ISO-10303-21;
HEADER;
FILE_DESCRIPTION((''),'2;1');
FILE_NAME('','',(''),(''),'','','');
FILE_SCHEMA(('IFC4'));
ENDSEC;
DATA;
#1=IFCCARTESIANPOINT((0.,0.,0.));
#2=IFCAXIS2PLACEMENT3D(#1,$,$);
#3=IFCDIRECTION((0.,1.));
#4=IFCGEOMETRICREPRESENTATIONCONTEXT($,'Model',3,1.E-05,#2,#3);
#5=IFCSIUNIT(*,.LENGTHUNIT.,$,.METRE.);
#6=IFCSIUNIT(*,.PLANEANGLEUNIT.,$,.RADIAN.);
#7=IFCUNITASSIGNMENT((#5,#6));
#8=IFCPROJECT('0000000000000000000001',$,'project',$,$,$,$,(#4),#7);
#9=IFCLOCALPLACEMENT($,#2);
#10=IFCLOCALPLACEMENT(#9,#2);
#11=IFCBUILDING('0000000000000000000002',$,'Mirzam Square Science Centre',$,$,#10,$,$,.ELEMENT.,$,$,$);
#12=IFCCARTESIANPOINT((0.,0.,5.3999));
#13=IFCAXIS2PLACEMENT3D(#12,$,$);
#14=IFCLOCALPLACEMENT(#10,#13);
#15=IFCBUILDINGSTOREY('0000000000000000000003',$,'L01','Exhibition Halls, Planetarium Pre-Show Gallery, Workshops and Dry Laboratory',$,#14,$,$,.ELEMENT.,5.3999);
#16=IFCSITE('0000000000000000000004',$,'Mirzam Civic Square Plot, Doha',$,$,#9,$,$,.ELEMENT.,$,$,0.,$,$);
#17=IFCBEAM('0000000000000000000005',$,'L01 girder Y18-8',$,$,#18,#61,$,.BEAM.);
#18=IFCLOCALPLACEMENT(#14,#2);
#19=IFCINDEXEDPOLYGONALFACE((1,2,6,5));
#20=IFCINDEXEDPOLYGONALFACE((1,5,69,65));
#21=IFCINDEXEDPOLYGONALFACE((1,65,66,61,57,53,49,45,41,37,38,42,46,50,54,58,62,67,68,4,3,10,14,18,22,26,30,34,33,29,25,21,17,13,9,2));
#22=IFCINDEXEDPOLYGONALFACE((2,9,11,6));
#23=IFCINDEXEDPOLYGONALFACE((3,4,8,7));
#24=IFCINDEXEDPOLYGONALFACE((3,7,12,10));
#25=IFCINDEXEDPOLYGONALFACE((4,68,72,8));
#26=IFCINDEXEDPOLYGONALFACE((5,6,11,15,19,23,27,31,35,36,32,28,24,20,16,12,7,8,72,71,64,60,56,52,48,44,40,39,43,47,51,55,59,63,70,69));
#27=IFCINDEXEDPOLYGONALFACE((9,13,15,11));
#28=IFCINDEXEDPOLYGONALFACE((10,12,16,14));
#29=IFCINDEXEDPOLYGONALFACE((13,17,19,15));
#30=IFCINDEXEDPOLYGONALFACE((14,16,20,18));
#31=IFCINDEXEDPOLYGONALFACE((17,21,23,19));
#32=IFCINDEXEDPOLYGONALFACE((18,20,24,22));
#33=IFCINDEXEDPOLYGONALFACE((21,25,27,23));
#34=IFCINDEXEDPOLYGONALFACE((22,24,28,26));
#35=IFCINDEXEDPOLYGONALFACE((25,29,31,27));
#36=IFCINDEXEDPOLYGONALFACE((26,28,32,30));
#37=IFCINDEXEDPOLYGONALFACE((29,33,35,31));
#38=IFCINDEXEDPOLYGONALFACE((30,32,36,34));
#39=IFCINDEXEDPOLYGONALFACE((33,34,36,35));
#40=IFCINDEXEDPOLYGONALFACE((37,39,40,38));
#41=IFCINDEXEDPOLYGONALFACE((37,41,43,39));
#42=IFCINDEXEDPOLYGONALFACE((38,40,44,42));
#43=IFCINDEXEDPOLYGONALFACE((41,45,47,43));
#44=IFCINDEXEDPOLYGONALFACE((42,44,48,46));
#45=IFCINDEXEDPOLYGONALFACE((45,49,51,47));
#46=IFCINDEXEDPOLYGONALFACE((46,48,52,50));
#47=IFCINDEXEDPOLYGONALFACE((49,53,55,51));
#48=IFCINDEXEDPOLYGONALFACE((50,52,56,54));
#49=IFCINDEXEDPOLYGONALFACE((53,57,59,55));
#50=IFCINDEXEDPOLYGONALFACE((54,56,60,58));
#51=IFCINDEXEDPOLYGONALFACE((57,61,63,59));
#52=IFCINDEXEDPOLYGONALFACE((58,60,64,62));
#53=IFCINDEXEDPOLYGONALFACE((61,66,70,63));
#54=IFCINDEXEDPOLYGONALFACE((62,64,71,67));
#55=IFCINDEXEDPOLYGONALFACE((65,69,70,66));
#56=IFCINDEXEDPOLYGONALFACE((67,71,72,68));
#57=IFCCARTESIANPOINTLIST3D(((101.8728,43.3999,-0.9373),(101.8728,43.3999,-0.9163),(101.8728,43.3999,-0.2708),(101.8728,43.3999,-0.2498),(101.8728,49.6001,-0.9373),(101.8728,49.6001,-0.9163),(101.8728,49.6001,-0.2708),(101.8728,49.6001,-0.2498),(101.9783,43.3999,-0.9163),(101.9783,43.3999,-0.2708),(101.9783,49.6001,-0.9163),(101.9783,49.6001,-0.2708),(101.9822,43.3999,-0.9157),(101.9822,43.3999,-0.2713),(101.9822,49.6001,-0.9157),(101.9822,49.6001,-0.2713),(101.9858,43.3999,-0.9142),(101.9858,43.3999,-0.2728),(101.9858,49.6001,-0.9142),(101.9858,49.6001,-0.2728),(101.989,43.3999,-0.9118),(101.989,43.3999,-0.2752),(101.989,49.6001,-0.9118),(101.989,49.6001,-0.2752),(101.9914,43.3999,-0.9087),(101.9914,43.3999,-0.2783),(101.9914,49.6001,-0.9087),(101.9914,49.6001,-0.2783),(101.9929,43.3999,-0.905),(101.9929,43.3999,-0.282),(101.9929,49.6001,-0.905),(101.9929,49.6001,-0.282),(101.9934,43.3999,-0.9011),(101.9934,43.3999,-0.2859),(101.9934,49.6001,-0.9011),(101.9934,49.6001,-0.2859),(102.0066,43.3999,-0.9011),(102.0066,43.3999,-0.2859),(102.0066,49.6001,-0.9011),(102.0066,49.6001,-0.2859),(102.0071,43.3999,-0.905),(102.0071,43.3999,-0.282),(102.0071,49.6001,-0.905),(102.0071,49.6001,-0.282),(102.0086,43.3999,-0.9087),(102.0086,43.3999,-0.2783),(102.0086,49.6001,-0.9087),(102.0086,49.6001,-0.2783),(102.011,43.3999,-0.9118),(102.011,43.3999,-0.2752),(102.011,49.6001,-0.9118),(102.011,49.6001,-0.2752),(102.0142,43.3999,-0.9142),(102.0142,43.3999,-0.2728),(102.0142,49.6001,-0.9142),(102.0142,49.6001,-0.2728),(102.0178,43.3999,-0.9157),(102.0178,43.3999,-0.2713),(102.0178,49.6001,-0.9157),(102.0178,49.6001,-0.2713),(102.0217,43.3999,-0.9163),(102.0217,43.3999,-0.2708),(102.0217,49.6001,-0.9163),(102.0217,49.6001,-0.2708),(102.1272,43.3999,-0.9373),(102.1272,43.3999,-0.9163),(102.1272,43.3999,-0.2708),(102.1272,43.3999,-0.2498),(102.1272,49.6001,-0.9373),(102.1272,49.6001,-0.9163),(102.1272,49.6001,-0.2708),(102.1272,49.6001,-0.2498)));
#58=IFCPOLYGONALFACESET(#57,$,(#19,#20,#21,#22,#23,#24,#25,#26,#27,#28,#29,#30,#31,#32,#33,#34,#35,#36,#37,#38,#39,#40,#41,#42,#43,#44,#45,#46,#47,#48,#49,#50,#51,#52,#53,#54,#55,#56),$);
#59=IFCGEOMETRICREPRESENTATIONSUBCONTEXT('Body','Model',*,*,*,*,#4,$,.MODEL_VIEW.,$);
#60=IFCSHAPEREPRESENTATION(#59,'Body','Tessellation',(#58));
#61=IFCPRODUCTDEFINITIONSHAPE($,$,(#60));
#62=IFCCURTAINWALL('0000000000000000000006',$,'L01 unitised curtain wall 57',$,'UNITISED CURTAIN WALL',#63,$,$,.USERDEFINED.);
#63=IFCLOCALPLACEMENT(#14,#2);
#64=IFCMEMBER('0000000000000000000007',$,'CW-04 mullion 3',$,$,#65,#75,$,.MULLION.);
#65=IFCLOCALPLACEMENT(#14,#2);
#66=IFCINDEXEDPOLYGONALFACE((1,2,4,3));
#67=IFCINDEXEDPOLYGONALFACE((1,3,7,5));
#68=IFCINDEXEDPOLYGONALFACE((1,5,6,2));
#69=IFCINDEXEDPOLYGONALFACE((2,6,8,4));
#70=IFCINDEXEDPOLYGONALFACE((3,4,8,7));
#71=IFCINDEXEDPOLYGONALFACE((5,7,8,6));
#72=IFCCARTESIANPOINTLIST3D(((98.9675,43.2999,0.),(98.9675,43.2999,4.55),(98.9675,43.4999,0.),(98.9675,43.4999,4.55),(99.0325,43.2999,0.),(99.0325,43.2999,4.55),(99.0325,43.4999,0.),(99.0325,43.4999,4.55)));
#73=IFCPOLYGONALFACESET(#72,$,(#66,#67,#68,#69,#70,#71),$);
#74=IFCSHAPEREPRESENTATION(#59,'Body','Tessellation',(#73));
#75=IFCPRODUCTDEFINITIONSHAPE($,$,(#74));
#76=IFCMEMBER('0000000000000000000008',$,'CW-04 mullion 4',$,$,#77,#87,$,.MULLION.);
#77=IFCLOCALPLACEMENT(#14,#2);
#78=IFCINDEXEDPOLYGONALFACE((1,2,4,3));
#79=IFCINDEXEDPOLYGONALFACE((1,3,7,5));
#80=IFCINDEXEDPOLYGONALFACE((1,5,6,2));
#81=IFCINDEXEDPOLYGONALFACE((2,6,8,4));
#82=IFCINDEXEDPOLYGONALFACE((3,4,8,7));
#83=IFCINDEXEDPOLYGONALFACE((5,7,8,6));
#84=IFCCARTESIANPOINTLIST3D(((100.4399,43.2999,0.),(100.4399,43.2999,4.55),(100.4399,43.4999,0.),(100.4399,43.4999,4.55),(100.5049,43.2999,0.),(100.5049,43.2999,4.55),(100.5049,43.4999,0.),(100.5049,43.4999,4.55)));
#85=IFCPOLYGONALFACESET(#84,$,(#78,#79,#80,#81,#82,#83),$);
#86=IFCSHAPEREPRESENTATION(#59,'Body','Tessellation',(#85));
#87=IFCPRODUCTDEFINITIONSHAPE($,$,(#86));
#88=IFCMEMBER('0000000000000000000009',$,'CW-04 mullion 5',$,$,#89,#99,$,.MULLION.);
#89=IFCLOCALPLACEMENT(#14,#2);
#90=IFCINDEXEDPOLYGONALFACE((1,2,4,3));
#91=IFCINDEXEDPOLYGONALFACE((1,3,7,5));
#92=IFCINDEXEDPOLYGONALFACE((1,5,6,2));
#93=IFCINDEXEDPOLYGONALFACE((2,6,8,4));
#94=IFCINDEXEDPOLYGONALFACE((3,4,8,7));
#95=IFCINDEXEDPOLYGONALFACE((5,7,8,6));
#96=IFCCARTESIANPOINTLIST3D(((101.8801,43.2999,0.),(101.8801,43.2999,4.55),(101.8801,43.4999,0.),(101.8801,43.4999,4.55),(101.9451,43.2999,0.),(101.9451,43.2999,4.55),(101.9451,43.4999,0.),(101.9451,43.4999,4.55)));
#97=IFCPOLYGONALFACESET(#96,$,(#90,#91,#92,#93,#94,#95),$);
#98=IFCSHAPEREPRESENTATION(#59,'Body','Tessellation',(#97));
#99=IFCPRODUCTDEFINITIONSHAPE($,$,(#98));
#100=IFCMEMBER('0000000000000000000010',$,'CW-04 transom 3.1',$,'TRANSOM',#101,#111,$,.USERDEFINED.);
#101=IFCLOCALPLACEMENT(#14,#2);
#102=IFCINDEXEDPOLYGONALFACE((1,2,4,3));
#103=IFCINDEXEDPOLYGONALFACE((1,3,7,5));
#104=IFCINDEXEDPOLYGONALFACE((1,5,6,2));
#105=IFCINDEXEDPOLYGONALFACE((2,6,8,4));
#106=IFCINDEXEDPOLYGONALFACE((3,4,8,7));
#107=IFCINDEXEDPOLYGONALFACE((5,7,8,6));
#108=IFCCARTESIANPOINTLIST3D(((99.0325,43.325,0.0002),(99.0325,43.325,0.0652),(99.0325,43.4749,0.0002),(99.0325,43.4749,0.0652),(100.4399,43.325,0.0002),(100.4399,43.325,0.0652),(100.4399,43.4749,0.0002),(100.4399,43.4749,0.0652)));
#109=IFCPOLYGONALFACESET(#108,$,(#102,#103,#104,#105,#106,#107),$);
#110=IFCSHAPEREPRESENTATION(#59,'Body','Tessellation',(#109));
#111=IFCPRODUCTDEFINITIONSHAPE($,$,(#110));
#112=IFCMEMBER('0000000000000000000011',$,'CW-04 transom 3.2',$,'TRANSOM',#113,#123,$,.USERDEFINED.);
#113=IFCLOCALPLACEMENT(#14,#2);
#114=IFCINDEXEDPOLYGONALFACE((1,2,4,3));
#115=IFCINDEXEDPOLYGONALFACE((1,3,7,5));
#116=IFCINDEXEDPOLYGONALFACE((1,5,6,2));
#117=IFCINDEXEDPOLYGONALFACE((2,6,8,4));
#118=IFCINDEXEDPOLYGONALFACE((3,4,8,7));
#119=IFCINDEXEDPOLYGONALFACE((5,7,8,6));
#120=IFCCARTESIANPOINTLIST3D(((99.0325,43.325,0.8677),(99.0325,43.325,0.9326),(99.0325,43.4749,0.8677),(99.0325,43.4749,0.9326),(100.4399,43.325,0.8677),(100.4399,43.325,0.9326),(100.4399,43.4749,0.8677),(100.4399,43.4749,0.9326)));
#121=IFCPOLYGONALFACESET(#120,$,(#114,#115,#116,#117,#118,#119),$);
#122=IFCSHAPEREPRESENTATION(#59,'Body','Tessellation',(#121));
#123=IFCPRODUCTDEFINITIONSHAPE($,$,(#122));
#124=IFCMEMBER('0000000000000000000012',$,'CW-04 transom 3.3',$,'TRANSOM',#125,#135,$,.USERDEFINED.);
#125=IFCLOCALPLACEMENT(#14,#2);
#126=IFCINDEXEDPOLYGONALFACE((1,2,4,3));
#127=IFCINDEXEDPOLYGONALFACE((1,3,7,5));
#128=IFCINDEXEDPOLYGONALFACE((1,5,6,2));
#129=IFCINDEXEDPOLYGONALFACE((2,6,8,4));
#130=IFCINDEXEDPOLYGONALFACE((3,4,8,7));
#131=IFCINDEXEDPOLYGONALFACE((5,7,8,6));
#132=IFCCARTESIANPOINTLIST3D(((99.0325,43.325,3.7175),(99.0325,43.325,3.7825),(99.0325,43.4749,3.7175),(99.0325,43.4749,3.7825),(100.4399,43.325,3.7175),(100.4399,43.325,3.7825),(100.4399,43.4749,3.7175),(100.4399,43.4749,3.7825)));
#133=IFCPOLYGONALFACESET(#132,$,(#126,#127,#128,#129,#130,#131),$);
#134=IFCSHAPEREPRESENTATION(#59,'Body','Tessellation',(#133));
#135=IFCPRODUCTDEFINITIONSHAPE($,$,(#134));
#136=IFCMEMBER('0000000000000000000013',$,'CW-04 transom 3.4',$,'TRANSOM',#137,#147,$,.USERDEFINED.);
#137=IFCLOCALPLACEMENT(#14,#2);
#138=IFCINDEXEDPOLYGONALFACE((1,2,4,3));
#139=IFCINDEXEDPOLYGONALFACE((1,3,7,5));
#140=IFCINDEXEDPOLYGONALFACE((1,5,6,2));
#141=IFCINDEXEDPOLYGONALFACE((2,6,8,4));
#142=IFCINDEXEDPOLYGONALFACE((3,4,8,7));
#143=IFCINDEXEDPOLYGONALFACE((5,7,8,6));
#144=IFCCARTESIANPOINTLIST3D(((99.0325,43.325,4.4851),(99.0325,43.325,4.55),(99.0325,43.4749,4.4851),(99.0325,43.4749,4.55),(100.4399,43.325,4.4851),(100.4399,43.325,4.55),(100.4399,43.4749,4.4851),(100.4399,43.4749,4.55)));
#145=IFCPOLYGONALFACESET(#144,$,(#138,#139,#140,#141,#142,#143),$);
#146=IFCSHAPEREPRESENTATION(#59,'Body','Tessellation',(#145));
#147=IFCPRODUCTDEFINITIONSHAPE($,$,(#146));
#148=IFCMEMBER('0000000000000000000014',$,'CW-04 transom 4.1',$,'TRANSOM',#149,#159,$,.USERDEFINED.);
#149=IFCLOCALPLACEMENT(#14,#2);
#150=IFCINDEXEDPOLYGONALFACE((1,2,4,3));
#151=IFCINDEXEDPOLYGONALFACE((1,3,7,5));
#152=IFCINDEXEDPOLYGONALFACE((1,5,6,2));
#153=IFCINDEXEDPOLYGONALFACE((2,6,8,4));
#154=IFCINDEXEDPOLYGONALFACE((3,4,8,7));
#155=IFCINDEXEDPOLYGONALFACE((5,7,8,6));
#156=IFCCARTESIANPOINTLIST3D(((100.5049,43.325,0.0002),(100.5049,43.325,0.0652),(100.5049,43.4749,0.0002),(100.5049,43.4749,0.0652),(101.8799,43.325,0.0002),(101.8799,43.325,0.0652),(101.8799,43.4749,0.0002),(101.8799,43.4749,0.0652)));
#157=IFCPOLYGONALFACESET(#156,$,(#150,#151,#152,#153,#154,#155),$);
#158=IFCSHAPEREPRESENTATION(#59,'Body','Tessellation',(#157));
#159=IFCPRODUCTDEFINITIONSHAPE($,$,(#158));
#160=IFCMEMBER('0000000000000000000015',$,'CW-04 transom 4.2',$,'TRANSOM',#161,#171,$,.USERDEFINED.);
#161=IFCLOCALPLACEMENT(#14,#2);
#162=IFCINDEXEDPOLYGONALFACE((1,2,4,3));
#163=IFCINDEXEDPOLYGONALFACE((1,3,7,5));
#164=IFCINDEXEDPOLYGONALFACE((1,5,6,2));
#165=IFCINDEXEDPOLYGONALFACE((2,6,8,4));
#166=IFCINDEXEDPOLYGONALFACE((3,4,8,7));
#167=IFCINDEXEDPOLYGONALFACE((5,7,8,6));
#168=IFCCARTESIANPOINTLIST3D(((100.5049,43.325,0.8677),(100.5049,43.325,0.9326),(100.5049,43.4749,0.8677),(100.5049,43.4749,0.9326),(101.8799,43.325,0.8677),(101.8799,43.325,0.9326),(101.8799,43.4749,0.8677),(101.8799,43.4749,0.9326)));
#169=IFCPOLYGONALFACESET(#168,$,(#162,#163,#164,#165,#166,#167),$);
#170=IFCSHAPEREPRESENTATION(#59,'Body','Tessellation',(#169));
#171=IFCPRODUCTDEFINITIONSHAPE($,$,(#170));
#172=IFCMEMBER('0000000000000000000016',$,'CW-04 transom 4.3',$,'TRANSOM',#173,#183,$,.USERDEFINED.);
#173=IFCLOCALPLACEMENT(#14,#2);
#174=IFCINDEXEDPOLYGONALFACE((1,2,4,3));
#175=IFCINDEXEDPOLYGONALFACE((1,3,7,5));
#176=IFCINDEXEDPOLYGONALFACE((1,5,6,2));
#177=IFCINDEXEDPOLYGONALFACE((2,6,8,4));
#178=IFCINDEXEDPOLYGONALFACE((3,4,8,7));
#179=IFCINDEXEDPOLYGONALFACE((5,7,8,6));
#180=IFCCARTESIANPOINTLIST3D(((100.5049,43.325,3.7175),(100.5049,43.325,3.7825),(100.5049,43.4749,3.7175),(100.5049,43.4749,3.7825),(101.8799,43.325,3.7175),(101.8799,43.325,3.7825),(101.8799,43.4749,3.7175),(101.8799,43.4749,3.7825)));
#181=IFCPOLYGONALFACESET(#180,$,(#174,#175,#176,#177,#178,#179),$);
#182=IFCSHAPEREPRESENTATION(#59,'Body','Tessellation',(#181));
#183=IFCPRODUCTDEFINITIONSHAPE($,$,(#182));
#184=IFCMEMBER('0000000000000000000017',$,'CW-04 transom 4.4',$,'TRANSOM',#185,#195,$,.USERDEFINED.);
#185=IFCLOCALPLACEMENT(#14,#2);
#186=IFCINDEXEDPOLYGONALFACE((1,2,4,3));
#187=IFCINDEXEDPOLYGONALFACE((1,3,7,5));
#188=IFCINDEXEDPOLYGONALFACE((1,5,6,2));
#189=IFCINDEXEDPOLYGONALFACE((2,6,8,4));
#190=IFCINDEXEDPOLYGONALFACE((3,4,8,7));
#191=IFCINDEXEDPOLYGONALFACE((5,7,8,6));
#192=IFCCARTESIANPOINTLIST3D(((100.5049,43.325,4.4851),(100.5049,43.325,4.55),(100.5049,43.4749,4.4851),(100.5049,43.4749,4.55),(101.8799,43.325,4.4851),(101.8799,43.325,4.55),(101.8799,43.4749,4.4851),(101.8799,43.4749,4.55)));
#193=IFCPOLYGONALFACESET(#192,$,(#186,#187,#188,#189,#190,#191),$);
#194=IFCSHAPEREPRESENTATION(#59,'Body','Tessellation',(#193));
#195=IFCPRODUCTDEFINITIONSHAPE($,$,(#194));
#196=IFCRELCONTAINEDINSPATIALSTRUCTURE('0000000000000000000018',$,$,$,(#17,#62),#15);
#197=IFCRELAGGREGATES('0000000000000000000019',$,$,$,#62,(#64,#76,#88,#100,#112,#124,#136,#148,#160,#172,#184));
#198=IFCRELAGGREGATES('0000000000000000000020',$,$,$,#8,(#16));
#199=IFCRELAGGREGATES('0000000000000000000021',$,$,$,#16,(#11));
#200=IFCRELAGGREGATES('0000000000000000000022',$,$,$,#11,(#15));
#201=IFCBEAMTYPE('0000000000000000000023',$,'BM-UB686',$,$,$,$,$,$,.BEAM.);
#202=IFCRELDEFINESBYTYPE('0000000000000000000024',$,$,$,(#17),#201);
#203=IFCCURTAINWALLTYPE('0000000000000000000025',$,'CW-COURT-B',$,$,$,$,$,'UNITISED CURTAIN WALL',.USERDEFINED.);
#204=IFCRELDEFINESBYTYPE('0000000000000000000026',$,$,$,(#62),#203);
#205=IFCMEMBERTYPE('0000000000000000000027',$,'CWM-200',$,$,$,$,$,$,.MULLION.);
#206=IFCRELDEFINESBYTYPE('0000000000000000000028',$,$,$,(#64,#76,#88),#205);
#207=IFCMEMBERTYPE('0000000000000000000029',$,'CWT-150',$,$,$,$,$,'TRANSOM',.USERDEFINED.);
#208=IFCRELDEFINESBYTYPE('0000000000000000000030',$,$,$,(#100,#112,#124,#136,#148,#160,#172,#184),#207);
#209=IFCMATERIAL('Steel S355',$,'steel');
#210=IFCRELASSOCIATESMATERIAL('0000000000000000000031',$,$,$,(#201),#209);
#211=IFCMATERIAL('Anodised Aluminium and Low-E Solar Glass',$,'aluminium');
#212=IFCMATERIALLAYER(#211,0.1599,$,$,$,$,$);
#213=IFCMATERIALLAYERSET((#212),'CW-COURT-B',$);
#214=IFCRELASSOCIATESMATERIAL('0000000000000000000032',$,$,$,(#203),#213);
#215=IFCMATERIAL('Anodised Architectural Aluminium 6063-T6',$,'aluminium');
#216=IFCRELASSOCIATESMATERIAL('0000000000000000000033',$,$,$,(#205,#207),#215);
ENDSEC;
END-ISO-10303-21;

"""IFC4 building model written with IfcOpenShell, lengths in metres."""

from ifc_helpers import new_model, si_unit, direction, frame, origin, origin_2d, place, context, subcontext, project, spatial, rectangle, i_section, extrude, material, layer, layer_set, material_profile, profile_set, type_object, element, aggregate, save


model = new_model("IFC4")

# Units and contexts
model_context = context("Model", 3, precision=1e-05, world=origin(), true_north=direction((0.0, 1.0)))
body_context = subcontext(model_context, "Body", "Model", "MODEL_VIEW")
ifc_project = project(units=[si_unit("LENGTHUNIT", "METRE"), si_unit("PLANEANGLEUNIT", "RADIAN")], contexts=[model_context])

# Site, building, storey
site_placement = place(None, origin())
site = spatial("IfcSite", under=ifc_project, at=site_placement, Name="Mirzam Civic Square Plot, Doha", CompositionType="ELEMENT", RefElevation=0.0)
building_placement = place(site_placement, origin())
building = spatial("IfcBuilding", under=site, at=building_placement, Name="Mirzam Square Science Centre", CompositionType="ELEMENT")
storey_placement = place(building_placement, frame((0.0, 0.0, 5.3999)))
storey = spatial("IfcBuildingStorey", under=building, at=storey_placement, Name="L01", Description="Exhibition Halls, Planetarium Pre-Show Gallery, Workshops and Dry Laboratory", CompositionType="ELEMENT", Elevation=5.3999)

# Shared definitions
ifc_material_1 = material(Name="Steel S355", Category="steel")

# Beam
ifc_material_profile_1 = material_profile(ifc_material_1, i_section(OverallWidth=0.2544, OverallDepth=0.6875, WebThickness=0.0132, FlangeThickness=0.021, FilletRadius=0.0151, at=origin_2d()), Name="686x254x152UB")
ifc_profile_set_1 = profile_set([ifc_material_profile_1], Name="Steel S355")
beam_type_1 = type_object("IfcBeamType", Name="BM-UB686", PredefinedType="BEAM", material=ifc_profile_set_1)
beam_1_placement = place(storey_placement, frame((102.0, 43.3999, -0.5935), z_axis=(0.0, 1.0, 0.0), x_axis=(-1.0, 0.0, 0.0)))
element("IfcBeam", 1, at=beam_1_placement, inside=storey, type_object=beam_type_1, Name="L01 girder Y18-8", PredefinedType="BEAM", context=body_context, shape_type="SweptSolid", body=[
    extrude(i_section(OverallWidth=0.2544, OverallDepth=0.6875, WebThickness=0.0132, FlangeThickness=0.021, FilletRadius=0.0151, at=origin_2d()), origin(), (0.0, 0.0, 1.0), 6.2002),
])

# Curtain wall, members
ifc_material_2 = material(Name="Anodised Aluminium and Low-E Solar Glass", Category="aluminium")
ifc_layer_1 = layer(ifc_material_2, 0.1599)
ifc_layer_set_1 = layer_set([ifc_layer_1], Name="CW-COURT-B")
curtain_wall_type = type_object("IfcCurtainWallType", Name="CW-COURT-B", ElementType="UNITISED CURTAIN WALL", PredefinedType="USERDEFINED", material=ifc_layer_set_1)
curtain_wall_placement = place(storey_placement, origin())
curtain_wall = element("IfcCurtainWall", 2, at=curtain_wall_placement, inside=storey, type_object=curtain_wall_type, Name="L01 unitised curtain wall 57", ObjectType="UNITISED CURTAIN WALL", PredefinedType="USERDEFINED")
ifc_material_3 = material(Name="Anodised Architectural Aluminium 6063-T6", Category="aluminium")
ifc_material_profile_2 = material_profile(ifc_material_3, rectangle(XDim=0.0649, YDim=0.2, at=origin_2d()), Name="ALU-MULL-200x65x5")
ifc_profile_set_2 = profile_set([ifc_material_profile_2], Name="Anodised Architectural Aluminium 6063-T6")
member_type_1 = type_object("IfcMemberType", Name="CWM-200", PredefinedType="MULLION", material=ifc_profile_set_2)
member_1_placement = place(storey_placement, frame((99.0, 43.3999, 0.0), z_axis=(0.0, 0.0, 1.0), x_axis=(1.0, 0.0, 0.0)))
member_1 = element("IfcMember", 3, at=member_1_placement, type_object=member_type_1, Name="CW-04 mullion 3", PredefinedType="MULLION", context=body_context, shape_type="SweptSolid", body=[
    extrude(rectangle(XDim=0.0649, YDim=0.2, at=origin_2d()), origin(), (0.0, 0.0, 1.0), 4.55),
])
member_2_placement = place(storey_placement, frame((100.4724, 43.3999, 0.0), z_axis=(0.0, 0.0, 1.0), x_axis=(1.0, 0.0, 0.0)))
member_2 = element("IfcMember", 4, at=member_2_placement, type_object=member_type_1, Name="CW-04 mullion 4", PredefinedType="MULLION", context=body_context, shape_type="SweptSolid", body=[
    extrude(rectangle(XDim=0.0649, YDim=0.2, at=origin_2d()), origin(), (0.0, 0.0, 1.0), 4.55),
])
member_3_placement = place(storey_placement, frame((101.9126, 43.3999, 0.0), z_axis=(0.0, 0.0, 1.0), x_axis=(1.0, 0.0, 0.0)))
member_3 = element("IfcMember", 5, at=member_3_placement, type_object=member_type_1, Name="CW-04 mullion 5", PredefinedType="MULLION", context=body_context, shape_type="SweptSolid", body=[
    extrude(rectangle(XDim=0.0649, YDim=0.2, at=origin_2d()), origin(), (0.0, 0.0, 1.0), 4.55),
])
ifc_material_profile_3 = material_profile(ifc_material_3, rectangle(XDim=0.1499, YDim=0.0649, at=origin_2d()), Name="ALU-TRAN-150x65x4")
ifc_profile_set_3 = profile_set([ifc_material_profile_3], Name="Anodised Architectural Aluminium 6063-T6")
member_type_2 = type_object("IfcMemberType", Name="CWT-150", ElementType="TRANSOM", PredefinedType="USERDEFINED", material=ifc_profile_set_3)
member_4_placement = place(storey_placement, frame((99.0325, 43.3999, 0.0327), z_axis=(1.0, 0.0, 0.0), x_axis=(0.0, 1.0, 0.0)))
member_4 = element("IfcMember", 6, at=member_4_placement, type_object=member_type_2, Name="CW-04 transom 3.1", ObjectType="TRANSOM", PredefinedType="USERDEFINED", context=body_context, shape_type="SweptSolid", body=[
    extrude(rectangle(XDim=0.1499, YDim=0.0649, at=origin_2d()), origin(), (0.0, 0.0, 1.0), 1.4075),
])
member_5_placement = place(storey_placement, frame((99.0325, 43.3999, 0.9001), z_axis=(1.0, 0.0, 0.0), x_axis=(0.0, 1.0, 0.0)))
member_5 = element("IfcMember", 7, at=member_5_placement, type_object=member_type_2, Name="CW-04 transom 3.2", ObjectType="TRANSOM", PredefinedType="USERDEFINED", context=body_context, shape_type="SweptSolid", body=[
    extrude(rectangle(XDim=0.1499, YDim=0.0649, at=origin_2d()), origin(), (0.0, 0.0, 1.0), 1.4075),
])
member_6_placement = place(storey_placement, frame((99.0325, 43.3999, 3.75), z_axis=(1.0, 0.0, 0.0), x_axis=(0.0, 1.0, 0.0)))
member_6 = element("IfcMember", 8, at=member_6_placement, type_object=member_type_2, Name="CW-04 transom 3.3", ObjectType="TRANSOM", PredefinedType="USERDEFINED", context=body_context, shape_type="SweptSolid", body=[
    extrude(rectangle(XDim=0.1499, YDim=0.0649, at=origin_2d()), origin(), (0.0, 0.0, 1.0), 1.4075),
])
member_7_placement = place(storey_placement, frame((99.0325, 43.3999, 4.5176), z_axis=(1.0, 0.0, 0.0), x_axis=(0.0, 1.0, 0.0)))
member_7 = element("IfcMember", 9, at=member_7_placement, type_object=member_type_2, Name="CW-04 transom 3.4", ObjectType="TRANSOM", PredefinedType="USERDEFINED", context=body_context, shape_type="SweptSolid", body=[
    extrude(rectangle(XDim=0.1499, YDim=0.0649, at=origin_2d()), origin(), (0.0, 0.0, 1.0), 1.4075),
])
member_8_placement = place(storey_placement, frame((100.5049, 43.3999, 0.0327), z_axis=(1.0, 0.0, 0.0), x_axis=(0.0, 1.0, 0.0)))
member_8 = element("IfcMember", 10, at=member_8_placement, type_object=member_type_2, Name="CW-04 transom 4.1", ObjectType="TRANSOM", PredefinedType="USERDEFINED", context=body_context, shape_type="SweptSolid", body=[
    extrude(rectangle(XDim=0.1499, YDim=0.0649, at=origin_2d()), origin(), (0.0, 0.0, 1.0), 1.375),
])
member_9_placement = place(storey_placement, frame((100.5049, 43.3999, 0.9001), z_axis=(1.0, 0.0, 0.0), x_axis=(0.0, 1.0, 0.0)))
member_9 = element("IfcMember", 11, at=member_9_placement, type_object=member_type_2, Name="CW-04 transom 4.2", ObjectType="TRANSOM", PredefinedType="USERDEFINED", context=body_context, shape_type="SweptSolid", body=[
    extrude(rectangle(XDim=0.1499, YDim=0.0649, at=origin_2d()), origin(), (0.0, 0.0, 1.0), 1.375),
])
member_10_placement = place(storey_placement, frame((100.5049, 43.3999, 3.75), z_axis=(1.0, 0.0, 0.0), x_axis=(0.0, 1.0, 0.0)))
member_10 = element("IfcMember", 12, at=member_10_placement, type_object=member_type_2, Name="CW-04 transom 4.3", ObjectType="TRANSOM", PredefinedType="USERDEFINED", context=body_context, shape_type="SweptSolid", body=[
    extrude(rectangle(XDim=0.1499, YDim=0.0649, at=origin_2d()), origin(), (0.0, 0.0, 1.0), 1.375),
])
member_11_placement = place(storey_placement, frame((100.5049, 43.3999, 4.5176), z_axis=(1.0, 0.0, 0.0), x_axis=(0.0, 1.0, 0.0)))
member_11 = element("IfcMember", 13, at=member_11_placement, type_object=member_type_2, Name="CW-04 transom 4.4", ObjectType="TRANSOM", PredefinedType="USERDEFINED", context=body_context, shape_type="SweptSolid", body=[
    extrude(rectangle(XDim=0.1499, YDim=0.0649, at=origin_2d()), origin(), (0.0, 0.0, 1.0), 1.375),
])
aggregate(curtain_wall, [member_1, member_2, member_3, member_4, member_5, member_6, member_7, member_8, member_9, member_10, member_11])

save(model, "model.ifc")
